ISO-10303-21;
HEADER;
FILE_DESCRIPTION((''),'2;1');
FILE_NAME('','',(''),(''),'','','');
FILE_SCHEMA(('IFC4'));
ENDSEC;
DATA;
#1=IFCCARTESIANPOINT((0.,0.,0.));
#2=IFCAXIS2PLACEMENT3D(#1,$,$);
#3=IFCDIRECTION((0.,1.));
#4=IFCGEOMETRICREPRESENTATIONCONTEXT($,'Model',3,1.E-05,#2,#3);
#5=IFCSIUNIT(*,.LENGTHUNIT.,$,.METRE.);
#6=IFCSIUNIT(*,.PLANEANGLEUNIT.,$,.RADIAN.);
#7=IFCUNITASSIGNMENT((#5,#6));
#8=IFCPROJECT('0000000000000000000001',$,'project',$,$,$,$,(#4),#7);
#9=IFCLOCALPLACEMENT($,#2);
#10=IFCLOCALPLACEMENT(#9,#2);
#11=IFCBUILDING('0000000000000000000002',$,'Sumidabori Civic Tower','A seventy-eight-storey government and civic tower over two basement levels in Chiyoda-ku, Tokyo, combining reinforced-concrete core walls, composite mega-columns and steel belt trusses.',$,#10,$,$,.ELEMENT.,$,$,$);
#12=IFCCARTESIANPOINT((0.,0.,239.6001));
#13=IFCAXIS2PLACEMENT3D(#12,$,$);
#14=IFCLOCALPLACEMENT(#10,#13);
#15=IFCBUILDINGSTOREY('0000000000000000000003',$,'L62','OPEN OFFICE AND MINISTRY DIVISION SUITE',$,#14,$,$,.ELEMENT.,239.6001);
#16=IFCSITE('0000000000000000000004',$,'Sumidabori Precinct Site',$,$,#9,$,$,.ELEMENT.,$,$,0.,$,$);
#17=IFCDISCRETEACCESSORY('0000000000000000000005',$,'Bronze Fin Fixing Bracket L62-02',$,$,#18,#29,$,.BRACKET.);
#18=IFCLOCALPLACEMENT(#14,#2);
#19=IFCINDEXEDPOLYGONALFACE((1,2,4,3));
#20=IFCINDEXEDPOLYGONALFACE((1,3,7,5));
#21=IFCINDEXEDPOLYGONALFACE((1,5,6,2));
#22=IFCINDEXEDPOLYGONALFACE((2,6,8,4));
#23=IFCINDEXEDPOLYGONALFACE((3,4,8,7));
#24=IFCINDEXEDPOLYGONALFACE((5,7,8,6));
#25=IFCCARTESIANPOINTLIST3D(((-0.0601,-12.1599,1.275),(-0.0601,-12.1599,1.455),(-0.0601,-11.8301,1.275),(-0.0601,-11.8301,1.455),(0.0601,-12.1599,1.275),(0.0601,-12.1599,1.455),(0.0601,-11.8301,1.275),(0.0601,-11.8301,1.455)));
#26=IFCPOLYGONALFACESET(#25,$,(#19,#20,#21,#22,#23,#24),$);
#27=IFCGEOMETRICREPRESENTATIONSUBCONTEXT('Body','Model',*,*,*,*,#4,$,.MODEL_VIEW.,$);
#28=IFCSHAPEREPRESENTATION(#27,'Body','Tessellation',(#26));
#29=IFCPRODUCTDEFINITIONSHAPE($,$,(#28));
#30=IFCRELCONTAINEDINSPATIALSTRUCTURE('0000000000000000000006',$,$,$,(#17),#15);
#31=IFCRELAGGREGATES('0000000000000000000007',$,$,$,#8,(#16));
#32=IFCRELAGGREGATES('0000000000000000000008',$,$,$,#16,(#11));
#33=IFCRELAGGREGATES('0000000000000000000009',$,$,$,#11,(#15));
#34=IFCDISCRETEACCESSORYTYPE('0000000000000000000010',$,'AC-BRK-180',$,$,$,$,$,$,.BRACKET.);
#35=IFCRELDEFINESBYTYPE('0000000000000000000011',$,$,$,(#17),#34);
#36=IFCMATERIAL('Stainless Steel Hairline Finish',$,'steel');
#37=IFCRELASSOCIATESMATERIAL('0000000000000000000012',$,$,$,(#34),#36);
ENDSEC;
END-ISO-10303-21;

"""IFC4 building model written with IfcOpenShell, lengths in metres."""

from ifc_helpers import new_model, si_unit, direction, frame, origin, origin_2d, place, context, subcontext, project, spatial, rectangle, extrude, source, transform, mapped, material, material_profile, profile_set, type_object, element, save


model = new_model("IFC4")

# Units and contexts
model_context = context("Model", 3, precision=1e-05, world=origin(), true_north=direction((0.0, 1.0)))
body_context = subcontext(model_context, "Body", "Model", "MODEL_VIEW")
ifc_project = project(units=[si_unit("LENGTHUNIT", "METRE"), si_unit("PLANEANGLEUNIT", "RADIAN")], contexts=[model_context])

# Site, building, storey
site_placement = place(None, origin())
site = spatial("IfcSite", under=ifc_project, at=site_placement, Name="Sumidabori Precinct Site", CompositionType="ELEMENT", RefElevation=0.0)
building_placement = place(site_placement, origin())
building = spatial("IfcBuilding", under=site, at=building_placement, Name="Sumidabori Civic Tower", Description="A seventy-eight-storey government and civic tower over two basement levels in Chiyoda-ku, Tokyo, combining reinforced-concrete core walls, composite mega-columns and steel belt trusses.", CompositionType="ELEMENT")
storey_placement = place(building_placement, frame((0.0, 0.0, 239.6001)))
storey = spatial("IfcBuildingStorey", under=building, at=storey_placement, Name="L62", Description="OPEN OFFICE AND MINISTRY DIVISION SUITE", CompositionType="ELEMENT", Elevation=239.6001)

# Discrete accessory
ifc_material_1 = material(Name="Stainless Steel Hairline Finish", Category="steel")
ifc_material_profile_1 = material_profile(ifc_material_1, rectangle(XDim=0.1201, YDim=0.1799, at=origin_2d()), Name="STEEL BRACKET 180x120")
ifc_profile_set_1 = profile_set([ifc_material_profile_1], Name="Stainless Steel Hairline Finish")
discrete_accessory_type = type_object("IfcDiscreteAccessoryType", Name="AC-BRK-180", PredefinedType="BRACKET", material=ifc_profile_set_1)
shared_shape_1 = source(origin(), body_context, "Body", "SweptSolid", [
    extrude(rectangle(XDim=0.1201, YDim=0.1799, at=origin_2d()), origin(), (0.0, 0.0, 1.0), 0.3298),
])
discrete_accessory_placement = place(storey_placement, frame((0.0, -11.8301, 1.365), z_axis=(0.0, -1.0, 0.0), x_axis=(1.0, 0.0, 0.0)))
element("IfcDiscreteAccessory", 1, at=discrete_accessory_placement, inside=storey, type_object=discrete_accessory_type, Name="Bronze Fin Fixing Bracket L62-02", PredefinedType="BRACKET", context=body_context, shape_type="MappedRepresentation", body=[
    mapped(shared_shape_1, transform((0.0, 0.0, 0.0), x_axis=(1.0, 0.0, 0.0), y_axis=(0.0, 1.0, 0.0), z_axis=(0.0, 0.0, 1.0), scale=1.0)),
])

save(model, "model.ifc")
